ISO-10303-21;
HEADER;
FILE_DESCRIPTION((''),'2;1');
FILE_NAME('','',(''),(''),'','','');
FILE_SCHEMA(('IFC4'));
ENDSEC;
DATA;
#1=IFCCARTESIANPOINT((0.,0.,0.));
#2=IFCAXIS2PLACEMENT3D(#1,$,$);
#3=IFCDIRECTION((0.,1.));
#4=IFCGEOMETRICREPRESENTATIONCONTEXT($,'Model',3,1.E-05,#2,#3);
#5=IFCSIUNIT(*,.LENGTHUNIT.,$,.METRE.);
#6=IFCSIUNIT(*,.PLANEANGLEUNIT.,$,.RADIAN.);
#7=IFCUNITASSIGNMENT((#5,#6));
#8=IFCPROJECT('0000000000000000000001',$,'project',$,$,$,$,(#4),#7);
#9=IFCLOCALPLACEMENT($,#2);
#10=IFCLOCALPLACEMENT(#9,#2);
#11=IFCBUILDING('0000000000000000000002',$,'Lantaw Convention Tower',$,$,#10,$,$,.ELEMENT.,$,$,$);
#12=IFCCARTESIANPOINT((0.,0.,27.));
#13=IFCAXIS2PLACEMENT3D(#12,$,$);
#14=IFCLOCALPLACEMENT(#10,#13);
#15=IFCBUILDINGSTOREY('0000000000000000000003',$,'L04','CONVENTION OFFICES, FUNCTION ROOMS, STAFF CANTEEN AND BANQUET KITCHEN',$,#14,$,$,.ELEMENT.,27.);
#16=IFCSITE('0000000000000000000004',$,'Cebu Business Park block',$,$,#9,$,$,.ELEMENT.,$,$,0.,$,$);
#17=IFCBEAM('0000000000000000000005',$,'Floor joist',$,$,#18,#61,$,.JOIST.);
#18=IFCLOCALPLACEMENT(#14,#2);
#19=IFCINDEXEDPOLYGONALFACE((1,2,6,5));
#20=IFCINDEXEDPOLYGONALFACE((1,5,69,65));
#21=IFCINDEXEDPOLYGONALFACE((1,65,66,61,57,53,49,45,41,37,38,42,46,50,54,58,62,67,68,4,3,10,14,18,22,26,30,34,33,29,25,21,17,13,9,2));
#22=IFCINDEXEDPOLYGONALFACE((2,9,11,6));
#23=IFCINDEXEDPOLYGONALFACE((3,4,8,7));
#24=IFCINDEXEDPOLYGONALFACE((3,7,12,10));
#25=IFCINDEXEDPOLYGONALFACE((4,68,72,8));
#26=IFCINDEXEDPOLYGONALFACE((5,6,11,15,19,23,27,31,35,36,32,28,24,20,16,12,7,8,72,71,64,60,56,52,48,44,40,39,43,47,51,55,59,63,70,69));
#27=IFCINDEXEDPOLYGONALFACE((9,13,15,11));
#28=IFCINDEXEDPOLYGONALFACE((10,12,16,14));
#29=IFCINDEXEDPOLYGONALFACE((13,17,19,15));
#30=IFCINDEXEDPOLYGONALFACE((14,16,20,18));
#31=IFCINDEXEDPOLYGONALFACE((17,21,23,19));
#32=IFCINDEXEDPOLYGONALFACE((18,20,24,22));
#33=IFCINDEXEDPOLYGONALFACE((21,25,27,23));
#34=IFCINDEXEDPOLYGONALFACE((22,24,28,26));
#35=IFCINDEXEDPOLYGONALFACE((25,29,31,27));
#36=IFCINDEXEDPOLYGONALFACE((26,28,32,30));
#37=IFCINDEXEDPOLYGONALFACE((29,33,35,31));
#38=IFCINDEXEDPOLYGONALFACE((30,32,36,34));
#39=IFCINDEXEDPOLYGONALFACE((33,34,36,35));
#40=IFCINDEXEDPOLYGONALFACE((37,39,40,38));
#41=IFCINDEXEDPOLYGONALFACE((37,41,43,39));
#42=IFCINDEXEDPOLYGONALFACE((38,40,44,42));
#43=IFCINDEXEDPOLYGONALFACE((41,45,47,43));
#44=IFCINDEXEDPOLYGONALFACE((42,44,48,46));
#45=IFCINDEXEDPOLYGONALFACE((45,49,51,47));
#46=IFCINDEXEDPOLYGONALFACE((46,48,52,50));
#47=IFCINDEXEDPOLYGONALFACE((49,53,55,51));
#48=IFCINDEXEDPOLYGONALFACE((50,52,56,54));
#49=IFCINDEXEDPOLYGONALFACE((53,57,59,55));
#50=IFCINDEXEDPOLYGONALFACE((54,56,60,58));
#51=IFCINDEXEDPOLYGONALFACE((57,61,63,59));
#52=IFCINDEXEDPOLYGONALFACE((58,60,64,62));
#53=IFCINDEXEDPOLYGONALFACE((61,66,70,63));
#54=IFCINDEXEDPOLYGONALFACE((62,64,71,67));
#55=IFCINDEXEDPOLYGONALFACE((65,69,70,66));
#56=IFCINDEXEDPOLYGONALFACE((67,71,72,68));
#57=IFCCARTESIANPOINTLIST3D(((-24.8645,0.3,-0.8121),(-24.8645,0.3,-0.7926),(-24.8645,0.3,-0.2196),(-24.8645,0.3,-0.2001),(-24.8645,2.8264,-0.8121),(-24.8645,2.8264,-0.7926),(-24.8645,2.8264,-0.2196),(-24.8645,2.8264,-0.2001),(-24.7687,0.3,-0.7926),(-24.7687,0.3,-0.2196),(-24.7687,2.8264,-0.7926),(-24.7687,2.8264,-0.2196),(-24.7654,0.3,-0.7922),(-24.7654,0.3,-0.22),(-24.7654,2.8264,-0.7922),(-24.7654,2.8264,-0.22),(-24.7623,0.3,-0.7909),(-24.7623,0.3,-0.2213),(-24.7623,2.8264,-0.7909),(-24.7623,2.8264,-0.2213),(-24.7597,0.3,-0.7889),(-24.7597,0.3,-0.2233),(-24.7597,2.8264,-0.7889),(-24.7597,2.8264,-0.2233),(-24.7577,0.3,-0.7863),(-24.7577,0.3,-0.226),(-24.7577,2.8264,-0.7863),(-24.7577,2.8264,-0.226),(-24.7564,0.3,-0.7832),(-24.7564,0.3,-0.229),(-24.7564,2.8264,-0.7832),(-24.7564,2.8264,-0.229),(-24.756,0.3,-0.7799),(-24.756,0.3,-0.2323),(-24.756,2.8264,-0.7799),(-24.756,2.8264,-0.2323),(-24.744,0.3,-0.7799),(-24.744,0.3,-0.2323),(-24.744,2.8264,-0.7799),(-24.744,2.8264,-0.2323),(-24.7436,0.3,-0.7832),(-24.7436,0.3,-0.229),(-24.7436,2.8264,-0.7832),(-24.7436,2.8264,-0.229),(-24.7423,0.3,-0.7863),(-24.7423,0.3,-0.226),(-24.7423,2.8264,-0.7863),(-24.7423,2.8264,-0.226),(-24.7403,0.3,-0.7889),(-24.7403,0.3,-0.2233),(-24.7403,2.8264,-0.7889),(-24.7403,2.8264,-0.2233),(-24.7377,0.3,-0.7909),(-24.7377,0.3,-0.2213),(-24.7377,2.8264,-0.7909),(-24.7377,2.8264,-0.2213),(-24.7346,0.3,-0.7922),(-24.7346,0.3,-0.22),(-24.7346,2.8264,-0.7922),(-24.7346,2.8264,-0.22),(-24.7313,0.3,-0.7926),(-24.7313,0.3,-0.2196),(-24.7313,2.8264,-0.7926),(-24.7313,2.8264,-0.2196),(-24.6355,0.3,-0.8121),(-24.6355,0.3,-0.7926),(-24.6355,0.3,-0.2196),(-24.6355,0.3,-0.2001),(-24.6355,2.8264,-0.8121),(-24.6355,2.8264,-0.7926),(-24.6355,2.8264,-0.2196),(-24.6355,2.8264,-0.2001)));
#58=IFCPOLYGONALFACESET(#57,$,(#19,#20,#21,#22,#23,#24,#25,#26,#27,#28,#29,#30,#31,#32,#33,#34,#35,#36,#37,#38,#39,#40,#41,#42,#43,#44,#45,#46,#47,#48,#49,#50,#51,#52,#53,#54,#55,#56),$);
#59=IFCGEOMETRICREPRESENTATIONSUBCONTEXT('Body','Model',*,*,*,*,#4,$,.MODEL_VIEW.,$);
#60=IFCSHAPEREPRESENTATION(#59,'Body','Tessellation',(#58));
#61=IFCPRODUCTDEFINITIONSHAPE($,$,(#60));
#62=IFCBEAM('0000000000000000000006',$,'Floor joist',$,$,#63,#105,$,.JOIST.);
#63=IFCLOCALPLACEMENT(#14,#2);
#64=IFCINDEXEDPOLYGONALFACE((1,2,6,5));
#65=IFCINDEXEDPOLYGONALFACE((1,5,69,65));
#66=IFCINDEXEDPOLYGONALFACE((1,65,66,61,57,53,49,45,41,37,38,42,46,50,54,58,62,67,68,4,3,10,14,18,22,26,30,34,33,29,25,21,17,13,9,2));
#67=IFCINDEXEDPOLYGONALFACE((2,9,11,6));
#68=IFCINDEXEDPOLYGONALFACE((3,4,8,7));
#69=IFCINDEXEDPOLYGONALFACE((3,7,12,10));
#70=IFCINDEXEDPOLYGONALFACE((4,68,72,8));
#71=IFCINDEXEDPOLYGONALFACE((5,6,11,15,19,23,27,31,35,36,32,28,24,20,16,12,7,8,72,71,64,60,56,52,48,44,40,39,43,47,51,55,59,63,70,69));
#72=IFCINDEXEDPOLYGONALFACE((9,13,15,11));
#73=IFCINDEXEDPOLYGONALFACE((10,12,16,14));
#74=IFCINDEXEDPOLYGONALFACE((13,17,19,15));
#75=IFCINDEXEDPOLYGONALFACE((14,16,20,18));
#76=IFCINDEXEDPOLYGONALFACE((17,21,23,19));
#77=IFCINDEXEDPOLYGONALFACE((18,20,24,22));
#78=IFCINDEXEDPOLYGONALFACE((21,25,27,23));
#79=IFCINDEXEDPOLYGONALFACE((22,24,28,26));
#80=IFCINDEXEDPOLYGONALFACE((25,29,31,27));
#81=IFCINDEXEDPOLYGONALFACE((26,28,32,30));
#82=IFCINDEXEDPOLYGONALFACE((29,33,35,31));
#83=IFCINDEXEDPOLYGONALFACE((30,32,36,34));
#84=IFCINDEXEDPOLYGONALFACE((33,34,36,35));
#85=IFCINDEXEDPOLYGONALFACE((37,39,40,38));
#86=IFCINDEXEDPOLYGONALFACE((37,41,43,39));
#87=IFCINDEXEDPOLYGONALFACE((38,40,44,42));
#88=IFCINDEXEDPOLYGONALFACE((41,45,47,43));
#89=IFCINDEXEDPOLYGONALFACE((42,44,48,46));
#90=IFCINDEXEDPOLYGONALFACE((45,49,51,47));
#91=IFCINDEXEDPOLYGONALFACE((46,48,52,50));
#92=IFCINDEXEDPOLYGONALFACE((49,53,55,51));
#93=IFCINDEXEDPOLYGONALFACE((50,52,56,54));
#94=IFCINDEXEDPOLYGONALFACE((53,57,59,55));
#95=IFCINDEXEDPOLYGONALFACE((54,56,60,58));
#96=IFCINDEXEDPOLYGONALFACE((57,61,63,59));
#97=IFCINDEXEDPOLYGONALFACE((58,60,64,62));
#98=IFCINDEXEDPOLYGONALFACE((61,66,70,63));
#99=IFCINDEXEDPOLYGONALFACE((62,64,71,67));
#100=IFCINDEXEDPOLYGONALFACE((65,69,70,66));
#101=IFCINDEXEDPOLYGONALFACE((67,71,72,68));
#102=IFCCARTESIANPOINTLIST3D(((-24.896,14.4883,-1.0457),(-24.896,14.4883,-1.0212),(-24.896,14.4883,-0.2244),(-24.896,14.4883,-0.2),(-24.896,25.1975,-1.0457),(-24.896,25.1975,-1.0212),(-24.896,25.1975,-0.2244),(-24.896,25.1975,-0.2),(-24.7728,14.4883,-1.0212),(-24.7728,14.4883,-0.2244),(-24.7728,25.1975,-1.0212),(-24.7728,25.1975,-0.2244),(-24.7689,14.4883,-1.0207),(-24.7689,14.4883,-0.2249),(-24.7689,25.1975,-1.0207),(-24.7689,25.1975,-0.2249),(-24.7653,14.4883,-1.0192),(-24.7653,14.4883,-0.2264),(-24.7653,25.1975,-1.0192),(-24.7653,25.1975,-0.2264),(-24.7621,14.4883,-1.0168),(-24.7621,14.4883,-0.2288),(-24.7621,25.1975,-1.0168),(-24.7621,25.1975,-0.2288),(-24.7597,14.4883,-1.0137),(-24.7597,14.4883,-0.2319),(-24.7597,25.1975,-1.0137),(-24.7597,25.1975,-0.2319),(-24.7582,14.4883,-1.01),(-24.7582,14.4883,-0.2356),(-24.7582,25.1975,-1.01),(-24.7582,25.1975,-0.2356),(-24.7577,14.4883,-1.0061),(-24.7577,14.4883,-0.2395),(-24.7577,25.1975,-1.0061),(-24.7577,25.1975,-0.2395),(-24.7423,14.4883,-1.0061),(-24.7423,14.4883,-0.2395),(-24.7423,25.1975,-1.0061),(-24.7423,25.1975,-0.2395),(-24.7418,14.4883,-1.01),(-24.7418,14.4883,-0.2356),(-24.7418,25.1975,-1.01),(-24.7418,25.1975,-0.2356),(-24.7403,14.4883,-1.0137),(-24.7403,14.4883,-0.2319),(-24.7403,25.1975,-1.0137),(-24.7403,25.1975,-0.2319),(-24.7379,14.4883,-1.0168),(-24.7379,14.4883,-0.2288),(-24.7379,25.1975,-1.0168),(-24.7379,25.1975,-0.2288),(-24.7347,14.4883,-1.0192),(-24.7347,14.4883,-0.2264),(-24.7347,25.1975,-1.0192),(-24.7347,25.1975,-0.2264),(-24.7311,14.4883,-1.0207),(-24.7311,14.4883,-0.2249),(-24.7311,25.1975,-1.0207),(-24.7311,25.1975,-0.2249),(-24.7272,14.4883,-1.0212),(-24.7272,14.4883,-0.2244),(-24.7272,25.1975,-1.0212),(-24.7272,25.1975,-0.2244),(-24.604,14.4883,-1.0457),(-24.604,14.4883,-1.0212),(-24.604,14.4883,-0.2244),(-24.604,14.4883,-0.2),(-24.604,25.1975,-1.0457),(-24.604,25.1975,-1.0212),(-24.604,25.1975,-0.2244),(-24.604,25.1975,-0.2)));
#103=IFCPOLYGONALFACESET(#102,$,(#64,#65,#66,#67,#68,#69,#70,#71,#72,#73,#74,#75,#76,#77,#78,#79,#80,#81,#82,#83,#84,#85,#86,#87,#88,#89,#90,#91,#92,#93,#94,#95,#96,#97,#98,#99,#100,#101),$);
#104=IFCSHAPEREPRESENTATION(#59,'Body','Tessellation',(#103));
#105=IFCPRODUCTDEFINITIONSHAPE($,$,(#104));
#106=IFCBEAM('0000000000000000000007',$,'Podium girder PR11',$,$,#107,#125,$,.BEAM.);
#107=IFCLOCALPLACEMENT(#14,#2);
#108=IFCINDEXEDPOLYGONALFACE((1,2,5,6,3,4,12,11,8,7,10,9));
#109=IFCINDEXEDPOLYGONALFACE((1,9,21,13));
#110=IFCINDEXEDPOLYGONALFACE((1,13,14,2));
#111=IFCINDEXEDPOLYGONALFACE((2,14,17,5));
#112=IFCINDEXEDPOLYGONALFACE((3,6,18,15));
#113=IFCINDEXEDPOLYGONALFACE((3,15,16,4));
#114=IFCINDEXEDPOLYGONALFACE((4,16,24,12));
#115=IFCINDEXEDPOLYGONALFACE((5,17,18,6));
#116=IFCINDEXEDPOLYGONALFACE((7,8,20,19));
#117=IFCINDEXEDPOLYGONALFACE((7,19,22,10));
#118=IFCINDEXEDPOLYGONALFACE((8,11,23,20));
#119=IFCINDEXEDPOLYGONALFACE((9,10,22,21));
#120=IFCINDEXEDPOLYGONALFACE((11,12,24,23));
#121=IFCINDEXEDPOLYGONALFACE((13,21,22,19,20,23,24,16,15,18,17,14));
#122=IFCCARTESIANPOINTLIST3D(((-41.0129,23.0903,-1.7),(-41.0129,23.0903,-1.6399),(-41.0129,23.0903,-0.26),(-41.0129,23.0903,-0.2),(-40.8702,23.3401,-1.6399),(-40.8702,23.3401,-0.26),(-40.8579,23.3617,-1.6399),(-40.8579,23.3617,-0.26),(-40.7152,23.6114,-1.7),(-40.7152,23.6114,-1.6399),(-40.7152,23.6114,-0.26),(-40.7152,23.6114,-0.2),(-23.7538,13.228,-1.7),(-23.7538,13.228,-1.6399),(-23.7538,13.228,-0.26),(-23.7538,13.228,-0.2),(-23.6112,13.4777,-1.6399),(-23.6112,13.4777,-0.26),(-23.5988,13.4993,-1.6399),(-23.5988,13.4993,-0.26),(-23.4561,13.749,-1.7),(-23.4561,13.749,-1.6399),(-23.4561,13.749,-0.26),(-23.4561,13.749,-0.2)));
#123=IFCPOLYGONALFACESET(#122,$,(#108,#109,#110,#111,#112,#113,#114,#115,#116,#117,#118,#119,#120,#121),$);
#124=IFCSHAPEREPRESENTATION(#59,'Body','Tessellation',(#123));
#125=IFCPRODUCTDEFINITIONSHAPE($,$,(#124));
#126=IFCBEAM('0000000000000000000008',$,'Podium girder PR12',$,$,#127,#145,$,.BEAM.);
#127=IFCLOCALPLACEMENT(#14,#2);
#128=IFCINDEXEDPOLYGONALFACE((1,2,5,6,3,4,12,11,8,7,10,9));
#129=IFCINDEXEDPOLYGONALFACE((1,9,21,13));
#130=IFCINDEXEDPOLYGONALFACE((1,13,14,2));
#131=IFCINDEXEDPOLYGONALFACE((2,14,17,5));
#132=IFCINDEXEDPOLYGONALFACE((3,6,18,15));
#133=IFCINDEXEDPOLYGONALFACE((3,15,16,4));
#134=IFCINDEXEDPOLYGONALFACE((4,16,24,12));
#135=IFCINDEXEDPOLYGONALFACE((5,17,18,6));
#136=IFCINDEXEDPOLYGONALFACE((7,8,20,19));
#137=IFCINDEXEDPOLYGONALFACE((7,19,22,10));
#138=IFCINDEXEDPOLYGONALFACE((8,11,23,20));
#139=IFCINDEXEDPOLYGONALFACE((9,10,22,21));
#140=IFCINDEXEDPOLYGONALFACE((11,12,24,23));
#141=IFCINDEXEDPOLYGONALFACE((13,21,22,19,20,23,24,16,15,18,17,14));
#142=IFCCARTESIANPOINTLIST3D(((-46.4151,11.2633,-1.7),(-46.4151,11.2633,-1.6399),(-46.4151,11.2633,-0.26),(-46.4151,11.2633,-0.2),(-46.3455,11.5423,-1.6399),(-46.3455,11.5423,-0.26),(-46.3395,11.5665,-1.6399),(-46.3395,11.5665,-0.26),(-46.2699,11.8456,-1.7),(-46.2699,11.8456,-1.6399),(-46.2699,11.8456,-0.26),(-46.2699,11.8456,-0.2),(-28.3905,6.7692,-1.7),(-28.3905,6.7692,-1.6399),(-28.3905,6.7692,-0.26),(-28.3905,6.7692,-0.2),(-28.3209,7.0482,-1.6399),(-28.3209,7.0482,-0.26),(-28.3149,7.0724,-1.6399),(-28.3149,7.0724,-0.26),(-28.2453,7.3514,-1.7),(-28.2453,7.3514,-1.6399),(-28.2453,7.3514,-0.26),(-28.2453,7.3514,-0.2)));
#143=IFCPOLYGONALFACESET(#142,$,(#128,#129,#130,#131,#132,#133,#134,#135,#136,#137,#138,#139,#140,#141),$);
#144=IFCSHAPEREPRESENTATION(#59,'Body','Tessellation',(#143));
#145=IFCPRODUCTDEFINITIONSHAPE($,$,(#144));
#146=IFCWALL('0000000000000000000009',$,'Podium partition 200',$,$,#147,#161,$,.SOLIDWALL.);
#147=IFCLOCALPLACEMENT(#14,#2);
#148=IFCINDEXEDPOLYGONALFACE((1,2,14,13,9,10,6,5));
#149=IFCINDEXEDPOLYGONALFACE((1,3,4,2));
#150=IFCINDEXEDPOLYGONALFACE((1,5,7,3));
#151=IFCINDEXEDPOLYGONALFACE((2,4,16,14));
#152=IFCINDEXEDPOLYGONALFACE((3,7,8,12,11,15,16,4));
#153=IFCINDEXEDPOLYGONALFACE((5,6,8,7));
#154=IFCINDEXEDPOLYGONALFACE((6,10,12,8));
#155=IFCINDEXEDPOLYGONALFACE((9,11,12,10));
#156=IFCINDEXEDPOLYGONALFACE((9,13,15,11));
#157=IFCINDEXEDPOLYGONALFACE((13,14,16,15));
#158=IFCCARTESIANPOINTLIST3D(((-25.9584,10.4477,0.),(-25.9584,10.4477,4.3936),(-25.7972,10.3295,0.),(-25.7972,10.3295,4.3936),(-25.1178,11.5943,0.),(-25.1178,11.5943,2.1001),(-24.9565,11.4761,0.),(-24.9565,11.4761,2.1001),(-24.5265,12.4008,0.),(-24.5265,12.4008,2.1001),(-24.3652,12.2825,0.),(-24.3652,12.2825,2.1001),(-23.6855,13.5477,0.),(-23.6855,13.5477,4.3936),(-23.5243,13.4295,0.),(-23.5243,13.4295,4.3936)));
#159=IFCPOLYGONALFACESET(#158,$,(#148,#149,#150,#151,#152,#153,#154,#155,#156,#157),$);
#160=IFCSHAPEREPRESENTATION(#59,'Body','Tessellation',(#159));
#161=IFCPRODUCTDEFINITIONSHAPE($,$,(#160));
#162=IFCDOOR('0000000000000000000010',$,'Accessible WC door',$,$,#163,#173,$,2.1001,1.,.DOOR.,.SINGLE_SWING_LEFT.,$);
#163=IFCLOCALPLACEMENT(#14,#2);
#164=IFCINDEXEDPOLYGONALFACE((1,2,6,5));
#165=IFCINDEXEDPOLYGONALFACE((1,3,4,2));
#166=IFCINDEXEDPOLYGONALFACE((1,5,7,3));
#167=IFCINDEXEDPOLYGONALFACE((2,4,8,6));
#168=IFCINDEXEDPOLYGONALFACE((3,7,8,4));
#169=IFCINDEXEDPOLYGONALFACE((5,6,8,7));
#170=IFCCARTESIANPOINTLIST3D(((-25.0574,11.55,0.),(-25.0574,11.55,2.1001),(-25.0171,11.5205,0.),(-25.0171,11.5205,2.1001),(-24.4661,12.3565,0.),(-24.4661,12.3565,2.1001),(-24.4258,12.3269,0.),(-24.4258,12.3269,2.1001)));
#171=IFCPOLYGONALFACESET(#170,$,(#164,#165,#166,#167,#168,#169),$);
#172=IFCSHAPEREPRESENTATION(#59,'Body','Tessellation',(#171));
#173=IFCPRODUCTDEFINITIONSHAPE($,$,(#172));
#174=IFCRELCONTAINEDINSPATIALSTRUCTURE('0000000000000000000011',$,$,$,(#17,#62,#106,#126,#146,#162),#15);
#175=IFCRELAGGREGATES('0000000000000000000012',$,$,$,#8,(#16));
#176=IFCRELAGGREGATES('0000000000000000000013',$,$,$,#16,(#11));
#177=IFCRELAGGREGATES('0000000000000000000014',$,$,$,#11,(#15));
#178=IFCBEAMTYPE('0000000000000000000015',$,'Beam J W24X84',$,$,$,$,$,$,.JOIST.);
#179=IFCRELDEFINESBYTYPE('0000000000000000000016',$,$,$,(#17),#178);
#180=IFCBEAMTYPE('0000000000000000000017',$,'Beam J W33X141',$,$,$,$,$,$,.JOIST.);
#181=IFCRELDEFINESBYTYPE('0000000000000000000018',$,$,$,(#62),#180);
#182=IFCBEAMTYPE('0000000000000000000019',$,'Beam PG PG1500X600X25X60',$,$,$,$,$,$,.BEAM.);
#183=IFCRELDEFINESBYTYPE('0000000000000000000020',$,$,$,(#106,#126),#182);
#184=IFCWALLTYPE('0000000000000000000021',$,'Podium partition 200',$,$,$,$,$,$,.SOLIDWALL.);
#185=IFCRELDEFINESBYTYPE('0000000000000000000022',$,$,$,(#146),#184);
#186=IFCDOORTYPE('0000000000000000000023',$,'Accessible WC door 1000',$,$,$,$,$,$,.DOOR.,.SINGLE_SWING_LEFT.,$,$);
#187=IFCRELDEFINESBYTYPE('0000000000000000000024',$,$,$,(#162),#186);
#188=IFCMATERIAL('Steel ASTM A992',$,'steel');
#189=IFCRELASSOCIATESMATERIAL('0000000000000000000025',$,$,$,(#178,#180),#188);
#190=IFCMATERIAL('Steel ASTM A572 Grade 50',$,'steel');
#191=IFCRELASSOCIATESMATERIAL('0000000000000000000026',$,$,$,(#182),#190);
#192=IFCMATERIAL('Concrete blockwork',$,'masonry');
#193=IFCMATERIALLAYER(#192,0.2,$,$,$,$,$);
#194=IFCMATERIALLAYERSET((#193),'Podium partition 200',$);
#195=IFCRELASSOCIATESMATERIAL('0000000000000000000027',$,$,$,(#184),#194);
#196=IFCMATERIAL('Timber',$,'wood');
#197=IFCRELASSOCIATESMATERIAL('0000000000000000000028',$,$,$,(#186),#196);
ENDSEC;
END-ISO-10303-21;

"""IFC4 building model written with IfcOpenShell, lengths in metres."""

from ifc_helpers import new_model, si_unit, direction, frame, frame_2d, origin, origin_2d, place, context, subcontext, project, spatial, rectangle, i_section, extrude, material, layer, layer_set, material_profile, profile_set, type_object, element, fill, save


model = new_model("IFC4")

# Units and contexts
model_context = context("Model", 3, precision=1e-05, world=origin(), true_north=direction((0.0, 1.0)))
body_context = subcontext(model_context, "Body", "Model", "MODEL_VIEW")
ifc_project = project(units=[si_unit("LENGTHUNIT", "METRE"), si_unit("PLANEANGLEUNIT", "RADIAN")], contexts=[model_context])

# Site, building, storey
site_placement = place(None, origin())
site = spatial("IfcSite", under=ifc_project, at=site_placement, Name="Cebu Business Park block", CompositionType="ELEMENT", RefElevation=0.0)
building_placement = place(site_placement, origin())
building = spatial("IfcBuilding", under=site, at=building_placement, Name="Lantaw Convention Tower", CompositionType="ELEMENT")
storey_placement = place(building_placement, frame((0.0, 0.0, 27.0)))
storey = spatial("IfcBuildingStorey", under=building, at=storey_placement, Name="L04", Description="CONVENTION OFFICES, FUNCTION ROOMS, STAFF CANTEEN AND BANQUET KITCHEN", CompositionType="ELEMENT", Elevation=27.0)

# Shared definitions
ifc_material_1 = material(Name="Steel ASTM A572 Grade 50", Category="steel")

# Beams
ifc_material_2 = material(Name="Steel ASTM A992", Category="steel")
ifc_material_profile_1 = material_profile(ifc_material_2, i_section(OverallWidth=0.229, OverallDepth=0.6121, WebThickness=0.012, FlangeThickness=0.0195, FilletRadius=0.0127, at=origin_2d()), Name="W24X84")
ifc_profile_set_1 = profile_set([ifc_material_profile_1], Name="Steel ASTM A992")
beam_type_1 = type_object("IfcBeamType", Name="Beam J W24X84", PredefinedType="JOIST", material=ifc_profile_set_1)
beam_1_placement = place(storey_placement, frame((-24.75, 0.3, -0.5061), z_axis=(0.0, 1.0, 0.0), x_axis=(-1.0, 0.0, 0.0)))
element("IfcBeam", 1, at=beam_1_placement, inside=storey, type_object=beam_type_1, Name="Floor joist", PredefinedType="JOIST", context=body_context, shape_type="SweptSolid", body=[
    extrude(i_section(OverallWidth=0.229, OverallDepth=0.6121, WebThickness=0.012, FlangeThickness=0.0195, FilletRadius=0.0127, at=origin_2d()), origin(), (0.0, 0.0, 1.0), 2.5264),
])
ifc_material_profile_2 = material_profile(ifc_material_2, i_section(OverallWidth=0.292, OverallDepth=0.8457, WebThickness=0.0154, FlangeThickness=0.0244, FilletRadius=0.0151, at=origin_2d()), Name="W33X141")
ifc_profile_set_2 = profile_set([ifc_material_profile_2], Name="Steel ASTM A992")
beam_type_2 = type_object("IfcBeamType", Name="Beam J W33X141", PredefinedType="JOIST", material=ifc_profile_set_2)
beam_2_placement = place(storey_placement, frame((-24.75, 14.4883, -0.6228), z_axis=(0.0, 1.0, 0.0), x_axis=(-1.0, 0.0, 0.0)))
element("IfcBeam", 2, at=beam_2_placement, inside=storey, type_object=beam_type_2, Name="Floor joist", PredefinedType="JOIST", context=body_context, shape_type="SweptSolid", body=[
    extrude(i_section(OverallWidth=0.292, OverallDepth=0.8457, WebThickness=0.0154, FlangeThickness=0.0244, FilletRadius=0.0151, at=origin_2d()), origin(), (0.0, 0.0, 1.0), 10.7092),
])
ifc_material_profile_3 = material_profile(ifc_material_1, i_section(OverallWidth=0.6001, OverallDepth=1.5, WebThickness=0.0249, FlangeThickness=0.0601, at=origin_2d()), Name="PG1500X600X25X60")
ifc_profile_set_3 = profile_set([ifc_material_profile_3], Name="Steel ASTM A572 Grade 50")
beam_type_3 = type_object("IfcBeamType", Name="Beam PG PG1500X600X25X60", PredefinedType="BEAM", material=ifc_profile_set_3)
beam_3_placement = place(storey_placement, frame((-23.605, 13.4885, -0.95), z_axis=(-0.868243, 0.496139, 0.0), x_axis=(-0.496139, -0.868243, 0.0)))
element("IfcBeam", 3, at=beam_3_placement, inside=storey, type_object=beam_type_3, Name="Podium girder PR11", PredefinedType="BEAM", context=body_context, shape_type="SweptSolid", body=[
    extrude(i_section(OverallWidth=0.6001, OverallDepth=1.5, WebThickness=0.0249, FlangeThickness=0.0601, at=origin_2d()), origin(), (0.0, 0.0, 1.0), 19.8782),
])
beam_4_placement = place(storey_placement, frame((-28.3179, 7.0603, -0.95), z_axis=(-0.970295, 0.241926, 0.0), x_axis=(-0.241926, -0.970295, 0.0)))
element("IfcBeam", 4, at=beam_4_placement, inside=storey, type_object=beam_type_3, Name="Podium girder PR12", PredefinedType="BEAM", context=body_context, shape_type="SweptSolid", body=[
    extrude(i_section(OverallWidth=0.6001, OverallDepth=1.5, WebThickness=0.0249, FlangeThickness=0.0601, at=origin_2d()), origin(), (0.0, 0.0, 1.0), 18.5764),
])

# Wall, opening, door
ifc_material_3 = material(Name="Concrete blockwork", Category="masonry")
ifc_layer_1 = layer(ifc_material_3, 0.2)
ifc_layer_set_1 = layer_set([ifc_layer_1], Name="Podium partition 200")
wall_type_1 = type_object("IfcWallType", Name="Podium partition 200", PredefinedType="SOLIDWALL", material=ifc_layer_set_1)
wall_1_placement = place(storey_placement, frame((-23.605, 13.4885, 0.0), z_axis=(0.0, 0.0, 1.0), x_axis=(-0.591287, -0.806462, 0.0)))
wall_1 = element("IfcWall", 5, at=wall_1_placement, inside=storey, type_object=wall_type_1, Name="Podium partition 200", PredefinedType="SOLIDWALL", context=body_context, shape_type="SweptSolid", body=[
    extrude(rectangle(XDim=3.844, YDim=0.2, at=frame_2d((1.9219, 0.0))), origin(), (0.0, 0.0, 1.0), 4.3936),
])
opening_1_placement = place(wall_1_placement, frame((1.4221, 0.0, 0.0)))
opening_1 = element("IfcOpeningElement", 6, at=opening_1_placement, cuts=wall_1, PredefinedType="OPENING", context=body_context, shape_type="SweptSolid", body=[
    extrude(rectangle(XDim=1.0, YDim=2.1001, at=frame_2d((0.5, 1.05))), frame((0.0, 0.1099, 0.0), z_axis=(0.0, -1.0, 0.0), x_axis=(1.0, 0.0, 0.0)), (0.0, 0.0, 1.0), 0.22),
])
ifc_material_4 = material(Name="Timber", Category="wood")
door_type_1 = type_object("IfcDoorType", Name="Accessible WC door 1000", OperationType="SINGLE_SWING_LEFT", PredefinedType="DOOR", material=ifc_material_4)
door_1_placement = place(opening_1_placement, origin())
door_1 = element("IfcDoor", 7, at=door_1_placement, inside=storey, type_object=door_type_1, Name="Accessible WC door", OperationType="SINGLE_SWING_LEFT", OverallHeight=2.1001, OverallWidth=1.0, PredefinedType="DOOR", context=body_context, shape_type="SweptSolid", body=[
    extrude(rectangle(XDim=1.0, YDim=2.1001, at=frame_2d((0.5, 1.05))), frame((0.0, 0.0249, 0.0), z_axis=(0.0, -1.0, 0.0), x_axis=(1.0, 0.0, 0.0)), (0.0, 0.0, 1.0), 0.05),
])
fill(opening_1, door_1)

save(model, "model.ifc")
